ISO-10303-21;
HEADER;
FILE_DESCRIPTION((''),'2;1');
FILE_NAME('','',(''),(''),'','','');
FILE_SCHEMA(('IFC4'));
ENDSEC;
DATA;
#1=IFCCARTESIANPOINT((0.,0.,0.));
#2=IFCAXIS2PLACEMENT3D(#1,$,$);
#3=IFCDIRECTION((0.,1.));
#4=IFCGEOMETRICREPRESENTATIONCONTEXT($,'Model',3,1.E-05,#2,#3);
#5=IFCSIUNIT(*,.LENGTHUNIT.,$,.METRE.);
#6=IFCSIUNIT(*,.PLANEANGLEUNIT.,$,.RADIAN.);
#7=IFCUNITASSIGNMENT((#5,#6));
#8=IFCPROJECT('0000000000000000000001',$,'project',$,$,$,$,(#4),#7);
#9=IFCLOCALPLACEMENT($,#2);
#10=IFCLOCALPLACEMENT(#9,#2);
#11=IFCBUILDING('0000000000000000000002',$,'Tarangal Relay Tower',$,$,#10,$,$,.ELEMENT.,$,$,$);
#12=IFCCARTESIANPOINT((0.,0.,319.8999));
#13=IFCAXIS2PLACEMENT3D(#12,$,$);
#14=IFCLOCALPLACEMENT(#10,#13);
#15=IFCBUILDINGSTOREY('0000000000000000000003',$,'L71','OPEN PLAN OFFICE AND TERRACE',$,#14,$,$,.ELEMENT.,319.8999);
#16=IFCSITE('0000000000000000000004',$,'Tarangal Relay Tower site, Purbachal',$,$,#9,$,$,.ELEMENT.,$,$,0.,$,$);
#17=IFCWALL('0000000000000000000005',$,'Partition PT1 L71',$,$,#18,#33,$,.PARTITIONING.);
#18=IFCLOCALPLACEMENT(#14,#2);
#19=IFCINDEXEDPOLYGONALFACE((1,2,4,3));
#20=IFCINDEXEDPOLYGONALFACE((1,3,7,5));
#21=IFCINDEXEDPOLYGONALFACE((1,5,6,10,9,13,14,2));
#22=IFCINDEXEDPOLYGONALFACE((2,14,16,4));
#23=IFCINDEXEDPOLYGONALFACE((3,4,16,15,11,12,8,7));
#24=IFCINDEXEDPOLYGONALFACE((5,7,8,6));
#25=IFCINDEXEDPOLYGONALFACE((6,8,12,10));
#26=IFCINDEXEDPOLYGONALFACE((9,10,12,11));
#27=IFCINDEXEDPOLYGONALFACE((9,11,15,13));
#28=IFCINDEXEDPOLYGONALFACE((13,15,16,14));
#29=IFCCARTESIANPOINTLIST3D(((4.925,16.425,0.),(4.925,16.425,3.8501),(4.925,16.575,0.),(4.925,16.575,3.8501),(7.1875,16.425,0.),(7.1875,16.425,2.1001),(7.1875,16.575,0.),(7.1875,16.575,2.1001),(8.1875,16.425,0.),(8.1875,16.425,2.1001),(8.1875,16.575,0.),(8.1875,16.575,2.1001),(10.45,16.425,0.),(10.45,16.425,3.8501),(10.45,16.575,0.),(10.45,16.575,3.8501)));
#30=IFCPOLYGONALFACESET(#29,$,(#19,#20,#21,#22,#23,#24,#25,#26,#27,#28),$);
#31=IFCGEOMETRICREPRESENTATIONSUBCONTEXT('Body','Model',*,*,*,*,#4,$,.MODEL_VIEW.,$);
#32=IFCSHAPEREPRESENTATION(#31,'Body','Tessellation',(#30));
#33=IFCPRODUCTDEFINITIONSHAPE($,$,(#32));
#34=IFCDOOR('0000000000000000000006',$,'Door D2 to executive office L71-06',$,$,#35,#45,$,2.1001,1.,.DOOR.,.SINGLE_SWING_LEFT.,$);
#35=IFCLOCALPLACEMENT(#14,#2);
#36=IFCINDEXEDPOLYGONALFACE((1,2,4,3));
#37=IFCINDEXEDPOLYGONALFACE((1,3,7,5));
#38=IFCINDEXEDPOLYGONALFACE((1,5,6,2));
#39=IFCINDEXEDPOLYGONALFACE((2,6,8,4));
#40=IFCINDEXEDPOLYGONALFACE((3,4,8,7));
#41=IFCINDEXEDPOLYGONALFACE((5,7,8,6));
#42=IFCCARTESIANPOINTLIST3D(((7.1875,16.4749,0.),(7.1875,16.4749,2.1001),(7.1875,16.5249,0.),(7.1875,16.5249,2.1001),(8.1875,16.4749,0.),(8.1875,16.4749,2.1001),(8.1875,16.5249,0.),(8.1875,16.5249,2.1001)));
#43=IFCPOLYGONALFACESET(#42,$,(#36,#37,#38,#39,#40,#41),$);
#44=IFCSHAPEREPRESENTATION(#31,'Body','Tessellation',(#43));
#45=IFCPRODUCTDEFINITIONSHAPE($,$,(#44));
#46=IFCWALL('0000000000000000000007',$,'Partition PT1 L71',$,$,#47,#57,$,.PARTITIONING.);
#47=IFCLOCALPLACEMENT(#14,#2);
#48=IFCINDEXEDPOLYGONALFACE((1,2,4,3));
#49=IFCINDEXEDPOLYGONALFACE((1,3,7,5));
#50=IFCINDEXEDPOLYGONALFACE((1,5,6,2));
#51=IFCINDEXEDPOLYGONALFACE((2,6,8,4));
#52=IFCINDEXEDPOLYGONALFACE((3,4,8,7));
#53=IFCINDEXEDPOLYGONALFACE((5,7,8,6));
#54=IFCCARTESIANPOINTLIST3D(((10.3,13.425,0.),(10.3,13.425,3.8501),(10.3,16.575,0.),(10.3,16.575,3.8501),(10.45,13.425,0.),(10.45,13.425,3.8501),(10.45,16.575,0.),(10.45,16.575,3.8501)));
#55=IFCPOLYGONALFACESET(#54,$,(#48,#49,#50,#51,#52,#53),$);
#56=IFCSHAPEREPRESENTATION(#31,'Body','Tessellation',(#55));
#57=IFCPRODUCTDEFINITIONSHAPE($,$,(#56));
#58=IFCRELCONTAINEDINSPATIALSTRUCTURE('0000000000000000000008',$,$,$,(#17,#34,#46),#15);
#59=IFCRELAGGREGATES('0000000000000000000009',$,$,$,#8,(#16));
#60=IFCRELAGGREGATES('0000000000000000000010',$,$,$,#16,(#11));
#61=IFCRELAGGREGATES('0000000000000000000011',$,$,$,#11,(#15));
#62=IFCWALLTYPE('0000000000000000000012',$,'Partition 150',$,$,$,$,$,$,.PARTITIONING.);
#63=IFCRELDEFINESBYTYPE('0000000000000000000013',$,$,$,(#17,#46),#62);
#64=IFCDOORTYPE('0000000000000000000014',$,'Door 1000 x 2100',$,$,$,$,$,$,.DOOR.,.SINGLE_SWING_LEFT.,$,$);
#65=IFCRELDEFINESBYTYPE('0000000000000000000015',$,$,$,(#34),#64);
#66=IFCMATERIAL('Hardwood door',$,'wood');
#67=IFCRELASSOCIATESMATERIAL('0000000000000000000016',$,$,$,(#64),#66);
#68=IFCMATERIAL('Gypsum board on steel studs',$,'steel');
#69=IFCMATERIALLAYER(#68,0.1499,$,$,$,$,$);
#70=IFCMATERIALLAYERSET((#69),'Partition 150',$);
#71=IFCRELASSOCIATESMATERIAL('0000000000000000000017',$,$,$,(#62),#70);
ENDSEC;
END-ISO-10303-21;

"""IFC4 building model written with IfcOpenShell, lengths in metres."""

from ifc_helpers import new_model, si_unit, direction, frame, frame_2d, origin, place, context, subcontext, project, spatial, rectangle, extrude, material, layer, layer_set, type_object, element, fill, save


model = new_model("IFC4")

# Units and contexts
model_context = context("Model", 3, precision=1e-05, world=origin(), true_north=direction((0.0, 1.0)))
body_context = subcontext(model_context, "Body", "Model", "MODEL_VIEW")
ifc_project = project(units=[si_unit("LENGTHUNIT", "METRE"), si_unit("PLANEANGLEUNIT", "RADIAN")], contexts=[model_context])

# Site, building, storey
site_placement = place(None, origin())
site = spatial("IfcSite", under=ifc_project, at=site_placement, Name="Tarangal Relay Tower site, Purbachal", CompositionType="ELEMENT", RefElevation=0.0)
building_placement = place(site_placement, origin())
building = spatial("IfcBuilding", under=site, at=building_placement, Name="Tarangal Relay Tower", CompositionType="ELEMENT")
storey_placement = place(building_placement, frame((0.0, 0.0, 319.8999)))
storey = spatial("IfcBuildingStorey", under=building, at=storey_placement, Name="L71", Description="OPEN PLAN OFFICE AND TERRACE", CompositionType="ELEMENT", Elevation=319.8999)

# Shared definitions
ifc_material_1 = material(Name="Hardwood door", Category="wood")
door_type = type_object("IfcDoorType", Name="Door 1000 x 2100", OperationType="SINGLE_SWING_LEFT", PredefinedType="DOOR", material=ifc_material_1)

# Shared definitions
ifc_material_2 = material(Name="Gypsum board on steel studs", Category="steel")
ifc_layer_1 = layer(ifc_material_2, 0.1499)
ifc_layer_set_1 = layer_set([ifc_layer_1], Name="Partition 150")
wall_type_1 = type_object("IfcWallType", Name="Partition 150", PredefinedType="PARTITIONING", material=ifc_layer_set_1)

# Wall, opening, door
wall_1_placement = place(storey_placement, frame((4.925, 16.5, 0.0), z_axis=(0.0, 0.0, 1.0), x_axis=(1.0, 0.0, 0.0)))
wall_1 = element("IfcWall", 1, at=wall_1_placement, inside=storey, type_object=wall_type_1, Name="Partition PT1 L71", PredefinedType="PARTITIONING", context=body_context, shape_type="SweptSolid", body=[
    extrude(rectangle(XDim=5.5249, YDim=0.1499, at=frame_2d((2.7625, 0.0))), origin(), (0.0, 0.0, 1.0), 3.8501),
])
opening_1_placement = place(wall_1_placement, frame((2.2625, 0.0, 0.0)))
opening_1 = element("IfcOpeningElement", 2, at=opening_1_placement, cuts=wall_1, PredefinedType="OPENING", context=body_context, shape_type="SweptSolid", body=[
    extrude(rectangle(XDim=1.0, YDim=2.1001, at=frame_2d((0.5, 1.05))), frame((0.0, 0.085, 0.0), z_axis=(0.0, -1.0, 0.0), x_axis=(1.0, 0.0, 0.0)), (0.0, 0.0, 1.0), 0.1699),
])
door_1_placement = place(opening_1_placement, origin())
door_1 = element("IfcDoor", 3, at=door_1_placement, inside=storey, type_object=door_type, Name="Door D2 to executive office L71-06", OperationType="SINGLE_SWING_LEFT", OverallHeight=2.1001, OverallWidth=1.0, PredefinedType="DOOR", context=body_context, shape_type="SweptSolid", body=[
    extrude(rectangle(XDim=1.0, YDim=2.1001, at=frame_2d((0.5, 1.05))), frame((0.0, 0.0249, 0.0), z_axis=(0.0, -1.0, 0.0), x_axis=(1.0, 0.0, 0.0)), (0.0, 0.0, 1.0), 0.05),
])
fill(opening_1, door_1)

# Wall
wall_2_placement = place(storey_placement, frame((10.375, 13.425, 0.0), z_axis=(0.0, 0.0, 1.0), x_axis=(0.0, 1.0, 0.0)))
element("IfcWall", 4, at=wall_2_placement, inside=storey, type_object=wall_type_1, Name="Partition PT1 L71", PredefinedType="PARTITIONING", context=body_context, shape_type="SweptSolid", body=[
    extrude(rectangle(XDim=3.1499, YDim=0.1499, at=frame_2d((1.575, 0.0))), origin(), (0.0, 0.0, 1.0), 3.8501),
])

save(model, "model.ifc")
